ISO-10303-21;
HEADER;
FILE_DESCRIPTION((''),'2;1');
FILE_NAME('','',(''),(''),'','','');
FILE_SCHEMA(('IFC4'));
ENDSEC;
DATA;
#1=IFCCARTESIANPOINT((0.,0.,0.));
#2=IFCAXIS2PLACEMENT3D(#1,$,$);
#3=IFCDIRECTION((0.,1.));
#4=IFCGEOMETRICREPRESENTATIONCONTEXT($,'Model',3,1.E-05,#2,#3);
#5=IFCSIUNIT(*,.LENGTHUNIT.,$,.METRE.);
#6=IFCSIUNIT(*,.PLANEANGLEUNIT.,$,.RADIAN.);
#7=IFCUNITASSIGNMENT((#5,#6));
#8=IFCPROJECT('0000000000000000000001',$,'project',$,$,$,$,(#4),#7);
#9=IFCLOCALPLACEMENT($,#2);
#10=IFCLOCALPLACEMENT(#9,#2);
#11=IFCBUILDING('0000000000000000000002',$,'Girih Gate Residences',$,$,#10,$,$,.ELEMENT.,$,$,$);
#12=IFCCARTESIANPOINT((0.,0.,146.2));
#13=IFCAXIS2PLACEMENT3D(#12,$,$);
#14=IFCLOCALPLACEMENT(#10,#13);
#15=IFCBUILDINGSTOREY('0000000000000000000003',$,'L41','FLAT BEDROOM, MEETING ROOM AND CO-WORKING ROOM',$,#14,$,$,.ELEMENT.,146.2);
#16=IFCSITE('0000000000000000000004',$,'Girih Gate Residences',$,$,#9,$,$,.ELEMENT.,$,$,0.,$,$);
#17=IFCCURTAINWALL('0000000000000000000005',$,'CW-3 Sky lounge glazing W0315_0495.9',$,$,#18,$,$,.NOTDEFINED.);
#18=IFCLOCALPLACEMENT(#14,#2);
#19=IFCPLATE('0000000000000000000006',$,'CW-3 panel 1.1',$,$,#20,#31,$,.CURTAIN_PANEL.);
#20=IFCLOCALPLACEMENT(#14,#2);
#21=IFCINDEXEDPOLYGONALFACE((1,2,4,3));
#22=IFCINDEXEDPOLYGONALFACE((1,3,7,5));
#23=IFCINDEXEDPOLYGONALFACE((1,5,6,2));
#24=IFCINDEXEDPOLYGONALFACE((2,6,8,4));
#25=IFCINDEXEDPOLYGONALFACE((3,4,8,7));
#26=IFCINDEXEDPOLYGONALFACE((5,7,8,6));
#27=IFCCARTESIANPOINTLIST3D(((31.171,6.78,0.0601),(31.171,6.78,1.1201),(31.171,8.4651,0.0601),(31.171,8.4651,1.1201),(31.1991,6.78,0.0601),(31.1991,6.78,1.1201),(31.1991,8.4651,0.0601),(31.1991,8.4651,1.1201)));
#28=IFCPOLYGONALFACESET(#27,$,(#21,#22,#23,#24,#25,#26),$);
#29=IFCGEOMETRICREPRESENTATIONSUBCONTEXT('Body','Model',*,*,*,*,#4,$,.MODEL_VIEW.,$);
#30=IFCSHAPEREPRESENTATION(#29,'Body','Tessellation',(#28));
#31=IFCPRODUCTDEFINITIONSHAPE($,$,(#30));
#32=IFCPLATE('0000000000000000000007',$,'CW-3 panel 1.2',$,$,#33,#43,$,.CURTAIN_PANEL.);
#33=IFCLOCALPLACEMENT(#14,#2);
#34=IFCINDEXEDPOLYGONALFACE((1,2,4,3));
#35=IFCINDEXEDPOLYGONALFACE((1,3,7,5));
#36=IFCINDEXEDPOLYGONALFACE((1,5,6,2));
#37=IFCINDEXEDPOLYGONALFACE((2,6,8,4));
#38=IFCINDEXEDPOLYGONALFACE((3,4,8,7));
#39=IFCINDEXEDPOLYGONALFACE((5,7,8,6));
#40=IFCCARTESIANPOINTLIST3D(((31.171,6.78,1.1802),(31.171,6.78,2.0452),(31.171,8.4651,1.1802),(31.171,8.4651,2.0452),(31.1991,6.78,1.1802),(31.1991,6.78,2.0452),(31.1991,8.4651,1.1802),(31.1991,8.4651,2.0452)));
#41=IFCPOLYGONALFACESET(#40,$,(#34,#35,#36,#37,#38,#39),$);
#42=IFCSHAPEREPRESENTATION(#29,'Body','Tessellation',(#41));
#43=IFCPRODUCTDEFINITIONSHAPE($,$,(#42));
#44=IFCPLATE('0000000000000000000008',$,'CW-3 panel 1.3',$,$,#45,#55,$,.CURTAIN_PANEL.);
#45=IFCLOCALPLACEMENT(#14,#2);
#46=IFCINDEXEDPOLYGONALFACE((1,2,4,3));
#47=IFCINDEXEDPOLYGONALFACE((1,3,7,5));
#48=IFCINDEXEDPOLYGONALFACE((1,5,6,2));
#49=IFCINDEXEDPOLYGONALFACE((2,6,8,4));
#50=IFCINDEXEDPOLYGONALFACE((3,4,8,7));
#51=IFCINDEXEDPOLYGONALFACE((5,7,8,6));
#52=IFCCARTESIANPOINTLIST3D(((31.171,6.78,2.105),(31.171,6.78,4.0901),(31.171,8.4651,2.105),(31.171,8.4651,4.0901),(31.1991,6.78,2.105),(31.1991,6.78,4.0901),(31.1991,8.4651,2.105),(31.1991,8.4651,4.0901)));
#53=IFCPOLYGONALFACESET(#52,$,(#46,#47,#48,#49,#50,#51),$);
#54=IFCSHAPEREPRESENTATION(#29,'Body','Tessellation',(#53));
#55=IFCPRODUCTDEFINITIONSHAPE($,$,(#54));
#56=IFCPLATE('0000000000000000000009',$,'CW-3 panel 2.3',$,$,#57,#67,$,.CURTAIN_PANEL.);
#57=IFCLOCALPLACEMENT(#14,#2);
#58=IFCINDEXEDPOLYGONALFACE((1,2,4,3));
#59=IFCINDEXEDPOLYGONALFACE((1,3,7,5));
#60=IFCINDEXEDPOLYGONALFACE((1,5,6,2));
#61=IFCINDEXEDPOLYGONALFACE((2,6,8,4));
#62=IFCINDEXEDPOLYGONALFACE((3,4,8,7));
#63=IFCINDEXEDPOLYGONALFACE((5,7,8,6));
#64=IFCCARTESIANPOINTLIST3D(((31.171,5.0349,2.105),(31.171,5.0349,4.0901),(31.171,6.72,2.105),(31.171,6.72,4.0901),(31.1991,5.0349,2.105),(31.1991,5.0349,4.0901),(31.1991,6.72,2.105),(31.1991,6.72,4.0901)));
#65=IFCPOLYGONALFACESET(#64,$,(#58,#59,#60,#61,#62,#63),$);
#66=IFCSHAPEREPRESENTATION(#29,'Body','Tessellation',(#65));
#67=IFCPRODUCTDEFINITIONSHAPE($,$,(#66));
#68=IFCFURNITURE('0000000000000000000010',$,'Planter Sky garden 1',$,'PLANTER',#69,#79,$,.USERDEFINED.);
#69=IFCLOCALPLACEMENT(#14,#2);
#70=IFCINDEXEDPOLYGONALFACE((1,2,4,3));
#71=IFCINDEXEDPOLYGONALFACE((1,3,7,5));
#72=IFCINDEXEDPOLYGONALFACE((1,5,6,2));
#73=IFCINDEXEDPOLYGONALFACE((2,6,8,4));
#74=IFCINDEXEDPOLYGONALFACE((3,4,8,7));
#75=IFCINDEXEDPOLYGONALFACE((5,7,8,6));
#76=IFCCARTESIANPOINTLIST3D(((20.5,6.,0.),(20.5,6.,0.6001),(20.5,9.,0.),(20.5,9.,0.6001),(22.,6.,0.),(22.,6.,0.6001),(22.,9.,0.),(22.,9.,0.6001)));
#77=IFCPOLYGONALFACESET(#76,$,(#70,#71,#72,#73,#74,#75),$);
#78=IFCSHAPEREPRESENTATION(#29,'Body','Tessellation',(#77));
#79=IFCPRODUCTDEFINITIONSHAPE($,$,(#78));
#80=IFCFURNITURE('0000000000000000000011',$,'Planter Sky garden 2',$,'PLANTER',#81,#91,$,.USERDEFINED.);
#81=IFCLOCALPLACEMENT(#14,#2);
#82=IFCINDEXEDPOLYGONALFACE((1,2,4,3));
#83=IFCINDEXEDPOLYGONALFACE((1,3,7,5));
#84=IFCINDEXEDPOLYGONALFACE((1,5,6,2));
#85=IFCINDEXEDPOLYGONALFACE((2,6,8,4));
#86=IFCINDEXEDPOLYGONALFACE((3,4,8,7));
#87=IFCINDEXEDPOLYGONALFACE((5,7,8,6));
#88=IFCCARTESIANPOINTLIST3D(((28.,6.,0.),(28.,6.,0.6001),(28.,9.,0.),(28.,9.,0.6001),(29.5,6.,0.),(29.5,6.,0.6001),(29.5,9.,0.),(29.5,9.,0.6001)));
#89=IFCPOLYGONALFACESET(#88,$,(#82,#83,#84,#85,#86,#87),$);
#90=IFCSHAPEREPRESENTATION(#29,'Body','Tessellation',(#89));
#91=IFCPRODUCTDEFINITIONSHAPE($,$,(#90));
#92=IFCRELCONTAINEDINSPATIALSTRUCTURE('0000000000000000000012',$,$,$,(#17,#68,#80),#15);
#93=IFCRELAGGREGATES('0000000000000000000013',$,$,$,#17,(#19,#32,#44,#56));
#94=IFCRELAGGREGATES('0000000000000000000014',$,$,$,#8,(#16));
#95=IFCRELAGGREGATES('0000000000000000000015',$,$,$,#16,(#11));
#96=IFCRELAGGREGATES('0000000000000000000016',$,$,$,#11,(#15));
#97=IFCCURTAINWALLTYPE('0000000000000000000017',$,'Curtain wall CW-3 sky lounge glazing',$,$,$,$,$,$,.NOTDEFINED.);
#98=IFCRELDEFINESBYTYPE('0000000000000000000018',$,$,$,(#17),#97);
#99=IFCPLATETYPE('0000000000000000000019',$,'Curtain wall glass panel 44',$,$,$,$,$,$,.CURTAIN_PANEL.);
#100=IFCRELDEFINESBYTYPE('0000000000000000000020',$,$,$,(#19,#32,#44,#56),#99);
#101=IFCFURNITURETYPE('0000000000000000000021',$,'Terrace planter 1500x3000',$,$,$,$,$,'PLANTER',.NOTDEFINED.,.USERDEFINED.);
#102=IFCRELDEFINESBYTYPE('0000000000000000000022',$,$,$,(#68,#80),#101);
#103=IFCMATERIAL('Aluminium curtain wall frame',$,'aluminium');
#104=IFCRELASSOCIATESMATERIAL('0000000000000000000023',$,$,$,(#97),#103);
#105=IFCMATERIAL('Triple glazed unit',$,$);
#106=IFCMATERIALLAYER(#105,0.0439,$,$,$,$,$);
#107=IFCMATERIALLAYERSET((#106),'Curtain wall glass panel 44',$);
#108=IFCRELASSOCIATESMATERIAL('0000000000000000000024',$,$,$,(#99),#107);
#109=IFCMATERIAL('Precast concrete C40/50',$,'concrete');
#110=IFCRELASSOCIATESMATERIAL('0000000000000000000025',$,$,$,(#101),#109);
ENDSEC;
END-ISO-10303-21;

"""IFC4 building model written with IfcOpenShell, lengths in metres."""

from ifc_helpers import new_model, si_unit, direction, frame, origin, origin_2d, place, context, subcontext, project, spatial, rectangle, extrude, material, layer, layer_set, type_object, element, aggregate, save


model = new_model("IFC4")

# Units and contexts
model_context = context("Model", 3, precision=1e-05, world=origin(), true_north=direction((0.0, 1.0)))
body_context = subcontext(model_context, "Body", "Model", "MODEL_VIEW")
ifc_project = project(units=[si_unit("LENGTHUNIT", "METRE"), si_unit("PLANEANGLEUNIT", "RADIAN")], contexts=[model_context])

# Site, building, storey
site_placement = place(None, origin())
site = spatial("IfcSite", under=ifc_project, at=site_placement, Name="Girih Gate Residences", CompositionType="ELEMENT", RefElevation=0.0)
building_placement = place(site_placement, origin())
building = spatial("IfcBuilding", under=site, at=building_placement, Name="Girih Gate Residences", CompositionType="ELEMENT")
storey_placement = place(building_placement, frame((0.0, 0.0, 146.2)))
storey = spatial("IfcBuildingStorey", under=building, at=storey_placement, Name="L41", Description="FLAT BEDROOM, MEETING ROOM AND CO-WORKING ROOM", CompositionType="ELEMENT", Elevation=146.2)

# Shared definitions
ifc_material_1 = material(Name="Aluminium curtain wall frame", Category="aluminium")
curtain_wall_type = type_object("IfcCurtainWallType", Name="Curtain wall CW-3 sky lounge glazing", PredefinedType="NOTDEFINED", material=ifc_material_1)

# Curtain wall
curtain_wall_1_placement = place(storey_placement, origin())
curtain_wall_1 = element("IfcCurtainWall", 1, at=curtain_wall_1_placement, inside=storey, type_object=curtain_wall_type, Name="CW-3 Sky lounge glazing W0315_0495.9", PredefinedType="NOTDEFINED")

# Plates
ifc_material_2 = material(Name="Triple glazed unit")
ifc_layer_1 = layer(ifc_material_2, 0.0439)
ifc_layer_set_1 = layer_set([ifc_layer_1], Name="Curtain wall glass panel 44")
plate_type = type_object("IfcPlateType", Name="Curtain wall glass panel 44", PredefinedType="CURTAIN_PANEL", material=ifc_layer_set_1)
plate_1_placement = place(storey_placement, frame((31.1851, 7.6226, 0.0601), z_axis=(0.0, 0.0, 1.0), x_axis=(0.0, -1.0, 0.0)))
plate_1 = element("IfcPlate", 2, at=plate_1_placement, type_object=plate_type, Name="CW-3 panel 1.1", PredefinedType="CURTAIN_PANEL", context=body_context, shape_type="SweptSolid", body=[
    extrude(rectangle(XDim=1.6851, YDim=0.0281, at=origin_2d()), origin(), (0.0, 0.0, 1.0), 1.0601),
])
plate_2_placement = place(storey_placement, frame((31.1851, 7.6226, 1.1802), z_axis=(0.0, 0.0, 1.0), x_axis=(0.0, -1.0, 0.0)))
plate_2 = element("IfcPlate", 3, at=plate_2_placement, type_object=plate_type, Name="CW-3 panel 1.2", PredefinedType="CURTAIN_PANEL", context=body_context, shape_type="SweptSolid", body=[
    extrude(rectangle(XDim=1.6851, YDim=0.0281, at=origin_2d()), origin(), (0.0, 0.0, 1.0), 0.865),
])
plate_3_placement = place(storey_placement, frame((31.1851, 7.6226, 2.105), z_axis=(0.0, 0.0, 1.0), x_axis=(0.0, -1.0, 0.0)))
plate_3 = element("IfcPlate", 4, at=plate_3_placement, type_object=plate_type, Name="CW-3 panel 1.3", PredefinedType="CURTAIN_PANEL", context=body_context, shape_type="SweptSolid", body=[
    extrude(rectangle(XDim=1.6851, YDim=0.0281, at=origin_2d()), origin(), (0.0, 0.0, 1.0), 1.9851),
])
plate_4_placement = place(storey_placement, frame((31.1851, 5.8774, 2.105), z_axis=(0.0, 0.0, 1.0), x_axis=(0.0, -1.0, 0.0)))
plate_4 = element("IfcPlate", 5, at=plate_4_placement, type_object=plate_type, Name="CW-3 panel 2.3", PredefinedType="CURTAIN_PANEL", context=body_context, shape_type="SweptSolid", body=[
    extrude(rectangle(XDim=1.6851, YDim=0.0281, at=origin_2d()), origin(), (0.0, 0.0, 1.0), 1.9851),
])
aggregate(curtain_wall_1, [plate_1, plate_2, plate_3, plate_4])

# Shared definitions
ifc_material_3 = material(Name="Precast concrete C40/50", Category="concrete")

# Furniture
furniture_type = type_object("IfcFurnitureType", Name="Terrace planter 1500x3000", ElementType="PLANTER", AssemblyPlace="NOTDEFINED", PredefinedType="USERDEFINED", material=ifc_material_3)
for number, where, z_axis, x_axis, name in (
    (6, (21.25, 7.5, 0.0), (0.0, 0.0, 1.0), (1.0, 0.0, 0.0), "Planter Sky garden 1"),
    (7, (28.75, 7.5, 0.0), (0.0, 0.0, 1.0), (1.0, 0.0, 0.0), "Planter Sky garden 2"),
):
    element("IfcFurniture", number, at=place(storey_placement, frame(where, z_axis=z_axis, x_axis=x_axis)), inside=storey, type_object=furniture_type, Name=name, ObjectType="PLANTER", PredefinedType="USERDEFINED", context=body_context, shape_type="SweptSolid", body=[
        extrude(rectangle(XDim=1.5, YDim=3.0, at=origin_2d()), origin(), (0.0, 0.0, 1.0), 0.6001),
    ])

save(model, "model.ifc")
